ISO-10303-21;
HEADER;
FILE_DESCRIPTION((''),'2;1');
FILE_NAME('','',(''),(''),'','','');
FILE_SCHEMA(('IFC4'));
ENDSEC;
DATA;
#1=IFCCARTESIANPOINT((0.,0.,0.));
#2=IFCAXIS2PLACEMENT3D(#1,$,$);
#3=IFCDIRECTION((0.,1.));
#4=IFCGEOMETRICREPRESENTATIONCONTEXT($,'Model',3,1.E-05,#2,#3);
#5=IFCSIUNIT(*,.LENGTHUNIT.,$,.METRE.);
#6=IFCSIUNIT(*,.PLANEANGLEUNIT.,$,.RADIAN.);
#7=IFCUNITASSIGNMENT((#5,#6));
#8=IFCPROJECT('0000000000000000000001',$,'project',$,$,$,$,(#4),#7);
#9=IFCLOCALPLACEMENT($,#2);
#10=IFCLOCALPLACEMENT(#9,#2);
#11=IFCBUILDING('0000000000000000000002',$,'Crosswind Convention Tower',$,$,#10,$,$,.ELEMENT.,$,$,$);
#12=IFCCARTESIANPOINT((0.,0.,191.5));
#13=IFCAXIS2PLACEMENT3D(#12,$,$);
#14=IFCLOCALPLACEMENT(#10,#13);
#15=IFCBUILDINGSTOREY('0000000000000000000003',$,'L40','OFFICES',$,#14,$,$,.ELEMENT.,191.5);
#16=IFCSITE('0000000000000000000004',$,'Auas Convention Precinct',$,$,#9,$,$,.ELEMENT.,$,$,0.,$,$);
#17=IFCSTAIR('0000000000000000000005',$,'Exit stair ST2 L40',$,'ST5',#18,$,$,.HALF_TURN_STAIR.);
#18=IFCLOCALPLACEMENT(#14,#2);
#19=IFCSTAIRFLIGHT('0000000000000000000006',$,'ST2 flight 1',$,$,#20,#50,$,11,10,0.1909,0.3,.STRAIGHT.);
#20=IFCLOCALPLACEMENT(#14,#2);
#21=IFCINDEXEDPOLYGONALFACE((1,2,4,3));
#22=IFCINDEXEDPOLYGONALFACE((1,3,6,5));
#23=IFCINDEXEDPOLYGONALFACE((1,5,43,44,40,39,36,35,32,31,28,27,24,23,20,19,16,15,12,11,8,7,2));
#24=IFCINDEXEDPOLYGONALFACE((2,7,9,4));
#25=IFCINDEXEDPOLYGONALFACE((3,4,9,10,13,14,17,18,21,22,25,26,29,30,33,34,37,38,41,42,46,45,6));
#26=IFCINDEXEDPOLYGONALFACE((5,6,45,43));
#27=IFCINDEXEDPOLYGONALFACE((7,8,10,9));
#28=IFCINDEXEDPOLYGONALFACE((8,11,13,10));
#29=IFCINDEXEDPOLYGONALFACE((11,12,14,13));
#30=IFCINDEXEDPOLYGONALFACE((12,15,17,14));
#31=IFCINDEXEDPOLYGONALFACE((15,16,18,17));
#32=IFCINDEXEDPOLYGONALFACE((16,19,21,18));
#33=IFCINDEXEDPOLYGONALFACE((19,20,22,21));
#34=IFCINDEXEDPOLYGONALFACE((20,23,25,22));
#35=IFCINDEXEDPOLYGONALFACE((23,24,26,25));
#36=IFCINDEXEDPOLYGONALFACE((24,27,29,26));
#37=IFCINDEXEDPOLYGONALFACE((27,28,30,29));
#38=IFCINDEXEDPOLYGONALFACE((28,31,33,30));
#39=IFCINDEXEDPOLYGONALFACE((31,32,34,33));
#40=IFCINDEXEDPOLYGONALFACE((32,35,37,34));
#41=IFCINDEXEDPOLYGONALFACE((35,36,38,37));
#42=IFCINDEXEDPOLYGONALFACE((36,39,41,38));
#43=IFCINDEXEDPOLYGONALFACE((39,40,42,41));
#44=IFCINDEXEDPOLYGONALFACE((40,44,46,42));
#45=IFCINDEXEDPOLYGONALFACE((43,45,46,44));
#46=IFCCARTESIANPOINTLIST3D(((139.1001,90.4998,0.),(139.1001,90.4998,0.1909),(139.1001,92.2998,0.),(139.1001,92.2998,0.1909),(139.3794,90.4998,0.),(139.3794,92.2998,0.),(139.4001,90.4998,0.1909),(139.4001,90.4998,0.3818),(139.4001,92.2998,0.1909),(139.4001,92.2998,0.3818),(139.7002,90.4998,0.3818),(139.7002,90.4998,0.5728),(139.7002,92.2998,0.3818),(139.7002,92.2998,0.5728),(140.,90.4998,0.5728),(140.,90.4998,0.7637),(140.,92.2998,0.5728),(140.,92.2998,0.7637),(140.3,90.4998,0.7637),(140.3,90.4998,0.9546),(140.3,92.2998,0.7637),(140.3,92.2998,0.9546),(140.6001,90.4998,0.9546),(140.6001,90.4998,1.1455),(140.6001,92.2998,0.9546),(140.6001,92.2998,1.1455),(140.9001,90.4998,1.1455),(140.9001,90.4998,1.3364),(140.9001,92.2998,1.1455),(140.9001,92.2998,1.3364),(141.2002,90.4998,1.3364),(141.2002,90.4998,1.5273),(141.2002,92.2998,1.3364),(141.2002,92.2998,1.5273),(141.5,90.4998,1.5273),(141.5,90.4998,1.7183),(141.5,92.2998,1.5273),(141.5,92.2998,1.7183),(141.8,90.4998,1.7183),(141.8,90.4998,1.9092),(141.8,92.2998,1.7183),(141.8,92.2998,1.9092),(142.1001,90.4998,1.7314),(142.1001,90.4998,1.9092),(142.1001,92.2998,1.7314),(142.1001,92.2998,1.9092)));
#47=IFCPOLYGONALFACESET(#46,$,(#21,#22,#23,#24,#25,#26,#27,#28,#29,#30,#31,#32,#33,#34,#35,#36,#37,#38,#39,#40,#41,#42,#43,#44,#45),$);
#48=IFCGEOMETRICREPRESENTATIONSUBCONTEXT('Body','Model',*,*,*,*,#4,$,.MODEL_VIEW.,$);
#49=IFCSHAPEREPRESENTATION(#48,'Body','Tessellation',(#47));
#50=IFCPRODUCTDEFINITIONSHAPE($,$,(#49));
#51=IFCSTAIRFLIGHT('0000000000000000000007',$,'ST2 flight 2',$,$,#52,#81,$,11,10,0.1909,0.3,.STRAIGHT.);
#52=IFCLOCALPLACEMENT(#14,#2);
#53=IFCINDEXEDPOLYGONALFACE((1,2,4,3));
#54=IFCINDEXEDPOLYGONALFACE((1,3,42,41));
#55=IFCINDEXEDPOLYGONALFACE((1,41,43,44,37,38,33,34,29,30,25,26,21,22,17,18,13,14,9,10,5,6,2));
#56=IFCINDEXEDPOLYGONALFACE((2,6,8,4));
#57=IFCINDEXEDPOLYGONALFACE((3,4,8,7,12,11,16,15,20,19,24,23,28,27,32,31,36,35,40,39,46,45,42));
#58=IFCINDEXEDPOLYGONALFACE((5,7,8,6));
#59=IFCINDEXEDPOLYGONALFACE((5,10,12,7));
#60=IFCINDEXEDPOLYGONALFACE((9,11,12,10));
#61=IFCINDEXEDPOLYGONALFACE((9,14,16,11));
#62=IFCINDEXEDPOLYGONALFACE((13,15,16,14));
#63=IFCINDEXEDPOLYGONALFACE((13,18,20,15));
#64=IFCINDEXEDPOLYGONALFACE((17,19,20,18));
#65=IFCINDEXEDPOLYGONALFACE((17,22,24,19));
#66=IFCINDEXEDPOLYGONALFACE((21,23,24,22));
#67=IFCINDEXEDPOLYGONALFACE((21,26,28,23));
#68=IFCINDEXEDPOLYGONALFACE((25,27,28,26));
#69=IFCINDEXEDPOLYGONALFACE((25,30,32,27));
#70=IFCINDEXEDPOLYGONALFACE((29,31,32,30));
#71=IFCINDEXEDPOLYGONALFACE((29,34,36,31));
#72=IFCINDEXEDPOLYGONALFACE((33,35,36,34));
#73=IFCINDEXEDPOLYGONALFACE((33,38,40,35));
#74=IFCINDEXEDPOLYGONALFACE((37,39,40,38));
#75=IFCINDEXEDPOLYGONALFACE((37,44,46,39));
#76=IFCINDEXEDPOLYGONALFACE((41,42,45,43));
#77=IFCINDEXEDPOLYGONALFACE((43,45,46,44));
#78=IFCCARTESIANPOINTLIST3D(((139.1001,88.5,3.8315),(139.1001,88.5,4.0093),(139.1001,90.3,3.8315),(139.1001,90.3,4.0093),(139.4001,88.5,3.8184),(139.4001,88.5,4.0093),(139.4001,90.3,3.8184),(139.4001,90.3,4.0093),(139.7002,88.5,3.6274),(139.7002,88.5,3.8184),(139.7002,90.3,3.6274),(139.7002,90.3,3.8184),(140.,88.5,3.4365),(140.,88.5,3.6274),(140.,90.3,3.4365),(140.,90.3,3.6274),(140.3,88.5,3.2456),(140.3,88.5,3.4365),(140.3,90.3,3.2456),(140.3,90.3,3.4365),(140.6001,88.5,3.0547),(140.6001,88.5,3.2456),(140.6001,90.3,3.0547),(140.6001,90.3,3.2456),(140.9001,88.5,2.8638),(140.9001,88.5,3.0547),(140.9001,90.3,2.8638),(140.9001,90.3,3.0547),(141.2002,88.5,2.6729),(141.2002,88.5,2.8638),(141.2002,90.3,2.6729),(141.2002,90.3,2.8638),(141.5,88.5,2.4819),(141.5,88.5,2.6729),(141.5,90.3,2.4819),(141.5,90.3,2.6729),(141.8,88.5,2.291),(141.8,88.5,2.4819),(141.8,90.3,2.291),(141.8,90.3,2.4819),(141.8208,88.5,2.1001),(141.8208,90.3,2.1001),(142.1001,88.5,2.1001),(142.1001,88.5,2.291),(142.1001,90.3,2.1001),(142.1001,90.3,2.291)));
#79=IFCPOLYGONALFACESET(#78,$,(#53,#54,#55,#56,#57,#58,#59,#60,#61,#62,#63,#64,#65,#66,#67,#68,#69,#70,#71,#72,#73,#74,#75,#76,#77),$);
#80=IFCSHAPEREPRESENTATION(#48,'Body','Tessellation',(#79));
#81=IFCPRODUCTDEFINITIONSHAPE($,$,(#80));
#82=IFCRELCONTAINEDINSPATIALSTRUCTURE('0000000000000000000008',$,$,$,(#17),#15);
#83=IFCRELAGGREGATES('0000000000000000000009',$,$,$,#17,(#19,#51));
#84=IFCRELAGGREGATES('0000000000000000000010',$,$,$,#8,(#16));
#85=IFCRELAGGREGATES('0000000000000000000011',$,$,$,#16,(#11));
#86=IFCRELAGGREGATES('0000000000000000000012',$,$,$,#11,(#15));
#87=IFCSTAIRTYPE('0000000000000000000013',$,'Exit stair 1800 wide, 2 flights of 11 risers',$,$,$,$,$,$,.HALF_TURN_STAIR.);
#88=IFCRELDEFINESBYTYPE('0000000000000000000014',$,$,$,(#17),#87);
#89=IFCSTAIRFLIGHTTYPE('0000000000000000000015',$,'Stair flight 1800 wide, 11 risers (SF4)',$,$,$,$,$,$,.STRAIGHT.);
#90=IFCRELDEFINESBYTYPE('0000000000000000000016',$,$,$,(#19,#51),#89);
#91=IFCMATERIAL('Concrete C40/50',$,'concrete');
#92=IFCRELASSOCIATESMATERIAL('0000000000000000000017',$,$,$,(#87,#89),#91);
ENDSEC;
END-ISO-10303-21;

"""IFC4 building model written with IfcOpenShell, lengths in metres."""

from ifc_helpers import new_model, si_unit, direction, frame, origin, place, context, subcontext, project, spatial, polyline, outline, extrude, material, type_object, element, aggregate, save


model = new_model("IFC4")

# Units and contexts
model_context = context("Model", 3, precision=1e-05, world=origin(), true_north=direction((0.0, 1.0)))
body_context = subcontext(model_context, "Body", "Model", "MODEL_VIEW")
ifc_project = project(units=[si_unit("LENGTHUNIT", "METRE"), si_unit("PLANEANGLEUNIT", "RADIAN")], contexts=[model_context])

# Site, building, storey
site_placement = place(None, origin())
site = spatial("IfcSite", under=ifc_project, at=site_placement, Name="Auas Convention Precinct", CompositionType="ELEMENT", RefElevation=0.0)
building_placement = place(site_placement, origin())
building = spatial("IfcBuilding", under=site, at=building_placement, Name="Crosswind Convention Tower", CompositionType="ELEMENT")
storey_placement = place(building_placement, frame((0.0, 0.0, 191.5)))
storey = spatial("IfcBuildingStorey", under=building, at=storey_placement, Name="L40", Description="OFFICES", CompositionType="ELEMENT", Elevation=191.5)

# Stair, stair flights
ifc_material_1 = material(Name="Concrete C40/50", Category="concrete")
stair_type = type_object("IfcStairType", Name="Exit stair 1800 wide, 2 flights of 11 risers", PredefinedType="HALF_TURN_STAIR", material=ifc_material_1)
stair_placement = place(storey_placement, origin())
stair = element("IfcStair", 1, at=stair_placement, inside=storey, type_object=stair_type, Name="Exit stair ST2 L40", ObjectType="ST5", PredefinedType="HALF_TURN_STAIR")
stair_flight_type = type_object("IfcStairFlightType", Name="Stair flight 1800 wide, 11 risers (SF4)", PredefinedType="STRAIGHT", material=ifc_material_1)
stair_flight_1_placement = place(storey_placement, frame((139.1001, 91.3999, 0.0), z_axis=(0.0, 0.0, 1.0), x_axis=(1.0, 0.0, 0.0)))
stair_flight_1 = element("IfcStairFlight", 2, at=stair_flight_1_placement, type_object=stair_flight_type, Name="ST2 flight 1", NumberOfRisers=11, NumberOfTreads=10, PredefinedType="STRAIGHT", RiserHeight=0.1909, TreadLength=0.3, context=body_context, shape_type="SweptSolid", body=[
    extrude(outline(polyline([(0.0, 0.0), (0.0, 0.1909), (0.3, 0.1909), (0.3, 0.3818), (0.6001, 0.3818), (0.6001, 0.5728), (0.8999, 0.5728), (0.8999, 0.7637), (1.2, 0.7637), (1.2, 0.9546), (1.5, 0.9546), (1.5, 1.1455), (1.8, 1.1455), (1.8, 1.3364), (2.1001, 1.3364), (2.1001, 1.5273), (2.3999, 1.5273), (2.3999, 1.7183), (2.7, 1.7183), (2.7, 1.9092), (3.0, 1.9092), (3.0, 2.1001), (3.0, 1.7314), (0.2793, 0.0), (0.0, 0.0)])), frame((0.0, 0.8999, 0.0), z_axis=(0.0, -1.0, 0.0), x_axis=(1.0, 0.0, 0.0)), (0.0, 0.0, 1.0), 1.8),
])
stair_flight_2_placement = place(storey_placement, frame((142.1001, 89.3999, 2.1001), z_axis=(0.0, 0.0, 1.0), x_axis=(-1.0, 0.0, 0.0)))
stair_flight_2 = element("IfcStairFlight", 3, at=stair_flight_2_placement, type_object=stair_flight_type, Name="ST2 flight 2", NumberOfRisers=11, NumberOfTreads=10, PredefinedType="STRAIGHT", RiserHeight=0.1909, TreadLength=0.3, context=body_context, shape_type="SweptSolid", body=[
    extrude(outline(polyline([(0.0, 0.0), (0.0, 0.1909), (0.3, 0.1909), (0.3, 0.3818), (0.6001, 0.3818), (0.6001, 0.5728), (0.8999, 0.5728), (0.8999, 0.7637), (1.2, 0.7637), (1.2, 0.9546), (1.5, 0.9546), (1.5, 1.1455), (1.8, 1.1455), (1.8, 1.3364), (2.1001, 1.3364), (2.1001, 1.5273), (2.3999, 1.5273), (2.3999, 1.7183), (2.7, 1.7183), (2.7, 1.9092), (3.0, 1.9092), (3.0, 2.1001), (3.0, 1.7314), (0.2793, 0.0), (0.0, 0.0)])), frame((0.0, 0.8999, 0.0), z_axis=(0.0, -1.0, 0.0), x_axis=(1.0, 0.0, 0.0)), (0.0, 0.0, 1.0), 1.8),
])
aggregate(stair, [stair_flight_1, stair_flight_2])

save(model, "model.ifc")
